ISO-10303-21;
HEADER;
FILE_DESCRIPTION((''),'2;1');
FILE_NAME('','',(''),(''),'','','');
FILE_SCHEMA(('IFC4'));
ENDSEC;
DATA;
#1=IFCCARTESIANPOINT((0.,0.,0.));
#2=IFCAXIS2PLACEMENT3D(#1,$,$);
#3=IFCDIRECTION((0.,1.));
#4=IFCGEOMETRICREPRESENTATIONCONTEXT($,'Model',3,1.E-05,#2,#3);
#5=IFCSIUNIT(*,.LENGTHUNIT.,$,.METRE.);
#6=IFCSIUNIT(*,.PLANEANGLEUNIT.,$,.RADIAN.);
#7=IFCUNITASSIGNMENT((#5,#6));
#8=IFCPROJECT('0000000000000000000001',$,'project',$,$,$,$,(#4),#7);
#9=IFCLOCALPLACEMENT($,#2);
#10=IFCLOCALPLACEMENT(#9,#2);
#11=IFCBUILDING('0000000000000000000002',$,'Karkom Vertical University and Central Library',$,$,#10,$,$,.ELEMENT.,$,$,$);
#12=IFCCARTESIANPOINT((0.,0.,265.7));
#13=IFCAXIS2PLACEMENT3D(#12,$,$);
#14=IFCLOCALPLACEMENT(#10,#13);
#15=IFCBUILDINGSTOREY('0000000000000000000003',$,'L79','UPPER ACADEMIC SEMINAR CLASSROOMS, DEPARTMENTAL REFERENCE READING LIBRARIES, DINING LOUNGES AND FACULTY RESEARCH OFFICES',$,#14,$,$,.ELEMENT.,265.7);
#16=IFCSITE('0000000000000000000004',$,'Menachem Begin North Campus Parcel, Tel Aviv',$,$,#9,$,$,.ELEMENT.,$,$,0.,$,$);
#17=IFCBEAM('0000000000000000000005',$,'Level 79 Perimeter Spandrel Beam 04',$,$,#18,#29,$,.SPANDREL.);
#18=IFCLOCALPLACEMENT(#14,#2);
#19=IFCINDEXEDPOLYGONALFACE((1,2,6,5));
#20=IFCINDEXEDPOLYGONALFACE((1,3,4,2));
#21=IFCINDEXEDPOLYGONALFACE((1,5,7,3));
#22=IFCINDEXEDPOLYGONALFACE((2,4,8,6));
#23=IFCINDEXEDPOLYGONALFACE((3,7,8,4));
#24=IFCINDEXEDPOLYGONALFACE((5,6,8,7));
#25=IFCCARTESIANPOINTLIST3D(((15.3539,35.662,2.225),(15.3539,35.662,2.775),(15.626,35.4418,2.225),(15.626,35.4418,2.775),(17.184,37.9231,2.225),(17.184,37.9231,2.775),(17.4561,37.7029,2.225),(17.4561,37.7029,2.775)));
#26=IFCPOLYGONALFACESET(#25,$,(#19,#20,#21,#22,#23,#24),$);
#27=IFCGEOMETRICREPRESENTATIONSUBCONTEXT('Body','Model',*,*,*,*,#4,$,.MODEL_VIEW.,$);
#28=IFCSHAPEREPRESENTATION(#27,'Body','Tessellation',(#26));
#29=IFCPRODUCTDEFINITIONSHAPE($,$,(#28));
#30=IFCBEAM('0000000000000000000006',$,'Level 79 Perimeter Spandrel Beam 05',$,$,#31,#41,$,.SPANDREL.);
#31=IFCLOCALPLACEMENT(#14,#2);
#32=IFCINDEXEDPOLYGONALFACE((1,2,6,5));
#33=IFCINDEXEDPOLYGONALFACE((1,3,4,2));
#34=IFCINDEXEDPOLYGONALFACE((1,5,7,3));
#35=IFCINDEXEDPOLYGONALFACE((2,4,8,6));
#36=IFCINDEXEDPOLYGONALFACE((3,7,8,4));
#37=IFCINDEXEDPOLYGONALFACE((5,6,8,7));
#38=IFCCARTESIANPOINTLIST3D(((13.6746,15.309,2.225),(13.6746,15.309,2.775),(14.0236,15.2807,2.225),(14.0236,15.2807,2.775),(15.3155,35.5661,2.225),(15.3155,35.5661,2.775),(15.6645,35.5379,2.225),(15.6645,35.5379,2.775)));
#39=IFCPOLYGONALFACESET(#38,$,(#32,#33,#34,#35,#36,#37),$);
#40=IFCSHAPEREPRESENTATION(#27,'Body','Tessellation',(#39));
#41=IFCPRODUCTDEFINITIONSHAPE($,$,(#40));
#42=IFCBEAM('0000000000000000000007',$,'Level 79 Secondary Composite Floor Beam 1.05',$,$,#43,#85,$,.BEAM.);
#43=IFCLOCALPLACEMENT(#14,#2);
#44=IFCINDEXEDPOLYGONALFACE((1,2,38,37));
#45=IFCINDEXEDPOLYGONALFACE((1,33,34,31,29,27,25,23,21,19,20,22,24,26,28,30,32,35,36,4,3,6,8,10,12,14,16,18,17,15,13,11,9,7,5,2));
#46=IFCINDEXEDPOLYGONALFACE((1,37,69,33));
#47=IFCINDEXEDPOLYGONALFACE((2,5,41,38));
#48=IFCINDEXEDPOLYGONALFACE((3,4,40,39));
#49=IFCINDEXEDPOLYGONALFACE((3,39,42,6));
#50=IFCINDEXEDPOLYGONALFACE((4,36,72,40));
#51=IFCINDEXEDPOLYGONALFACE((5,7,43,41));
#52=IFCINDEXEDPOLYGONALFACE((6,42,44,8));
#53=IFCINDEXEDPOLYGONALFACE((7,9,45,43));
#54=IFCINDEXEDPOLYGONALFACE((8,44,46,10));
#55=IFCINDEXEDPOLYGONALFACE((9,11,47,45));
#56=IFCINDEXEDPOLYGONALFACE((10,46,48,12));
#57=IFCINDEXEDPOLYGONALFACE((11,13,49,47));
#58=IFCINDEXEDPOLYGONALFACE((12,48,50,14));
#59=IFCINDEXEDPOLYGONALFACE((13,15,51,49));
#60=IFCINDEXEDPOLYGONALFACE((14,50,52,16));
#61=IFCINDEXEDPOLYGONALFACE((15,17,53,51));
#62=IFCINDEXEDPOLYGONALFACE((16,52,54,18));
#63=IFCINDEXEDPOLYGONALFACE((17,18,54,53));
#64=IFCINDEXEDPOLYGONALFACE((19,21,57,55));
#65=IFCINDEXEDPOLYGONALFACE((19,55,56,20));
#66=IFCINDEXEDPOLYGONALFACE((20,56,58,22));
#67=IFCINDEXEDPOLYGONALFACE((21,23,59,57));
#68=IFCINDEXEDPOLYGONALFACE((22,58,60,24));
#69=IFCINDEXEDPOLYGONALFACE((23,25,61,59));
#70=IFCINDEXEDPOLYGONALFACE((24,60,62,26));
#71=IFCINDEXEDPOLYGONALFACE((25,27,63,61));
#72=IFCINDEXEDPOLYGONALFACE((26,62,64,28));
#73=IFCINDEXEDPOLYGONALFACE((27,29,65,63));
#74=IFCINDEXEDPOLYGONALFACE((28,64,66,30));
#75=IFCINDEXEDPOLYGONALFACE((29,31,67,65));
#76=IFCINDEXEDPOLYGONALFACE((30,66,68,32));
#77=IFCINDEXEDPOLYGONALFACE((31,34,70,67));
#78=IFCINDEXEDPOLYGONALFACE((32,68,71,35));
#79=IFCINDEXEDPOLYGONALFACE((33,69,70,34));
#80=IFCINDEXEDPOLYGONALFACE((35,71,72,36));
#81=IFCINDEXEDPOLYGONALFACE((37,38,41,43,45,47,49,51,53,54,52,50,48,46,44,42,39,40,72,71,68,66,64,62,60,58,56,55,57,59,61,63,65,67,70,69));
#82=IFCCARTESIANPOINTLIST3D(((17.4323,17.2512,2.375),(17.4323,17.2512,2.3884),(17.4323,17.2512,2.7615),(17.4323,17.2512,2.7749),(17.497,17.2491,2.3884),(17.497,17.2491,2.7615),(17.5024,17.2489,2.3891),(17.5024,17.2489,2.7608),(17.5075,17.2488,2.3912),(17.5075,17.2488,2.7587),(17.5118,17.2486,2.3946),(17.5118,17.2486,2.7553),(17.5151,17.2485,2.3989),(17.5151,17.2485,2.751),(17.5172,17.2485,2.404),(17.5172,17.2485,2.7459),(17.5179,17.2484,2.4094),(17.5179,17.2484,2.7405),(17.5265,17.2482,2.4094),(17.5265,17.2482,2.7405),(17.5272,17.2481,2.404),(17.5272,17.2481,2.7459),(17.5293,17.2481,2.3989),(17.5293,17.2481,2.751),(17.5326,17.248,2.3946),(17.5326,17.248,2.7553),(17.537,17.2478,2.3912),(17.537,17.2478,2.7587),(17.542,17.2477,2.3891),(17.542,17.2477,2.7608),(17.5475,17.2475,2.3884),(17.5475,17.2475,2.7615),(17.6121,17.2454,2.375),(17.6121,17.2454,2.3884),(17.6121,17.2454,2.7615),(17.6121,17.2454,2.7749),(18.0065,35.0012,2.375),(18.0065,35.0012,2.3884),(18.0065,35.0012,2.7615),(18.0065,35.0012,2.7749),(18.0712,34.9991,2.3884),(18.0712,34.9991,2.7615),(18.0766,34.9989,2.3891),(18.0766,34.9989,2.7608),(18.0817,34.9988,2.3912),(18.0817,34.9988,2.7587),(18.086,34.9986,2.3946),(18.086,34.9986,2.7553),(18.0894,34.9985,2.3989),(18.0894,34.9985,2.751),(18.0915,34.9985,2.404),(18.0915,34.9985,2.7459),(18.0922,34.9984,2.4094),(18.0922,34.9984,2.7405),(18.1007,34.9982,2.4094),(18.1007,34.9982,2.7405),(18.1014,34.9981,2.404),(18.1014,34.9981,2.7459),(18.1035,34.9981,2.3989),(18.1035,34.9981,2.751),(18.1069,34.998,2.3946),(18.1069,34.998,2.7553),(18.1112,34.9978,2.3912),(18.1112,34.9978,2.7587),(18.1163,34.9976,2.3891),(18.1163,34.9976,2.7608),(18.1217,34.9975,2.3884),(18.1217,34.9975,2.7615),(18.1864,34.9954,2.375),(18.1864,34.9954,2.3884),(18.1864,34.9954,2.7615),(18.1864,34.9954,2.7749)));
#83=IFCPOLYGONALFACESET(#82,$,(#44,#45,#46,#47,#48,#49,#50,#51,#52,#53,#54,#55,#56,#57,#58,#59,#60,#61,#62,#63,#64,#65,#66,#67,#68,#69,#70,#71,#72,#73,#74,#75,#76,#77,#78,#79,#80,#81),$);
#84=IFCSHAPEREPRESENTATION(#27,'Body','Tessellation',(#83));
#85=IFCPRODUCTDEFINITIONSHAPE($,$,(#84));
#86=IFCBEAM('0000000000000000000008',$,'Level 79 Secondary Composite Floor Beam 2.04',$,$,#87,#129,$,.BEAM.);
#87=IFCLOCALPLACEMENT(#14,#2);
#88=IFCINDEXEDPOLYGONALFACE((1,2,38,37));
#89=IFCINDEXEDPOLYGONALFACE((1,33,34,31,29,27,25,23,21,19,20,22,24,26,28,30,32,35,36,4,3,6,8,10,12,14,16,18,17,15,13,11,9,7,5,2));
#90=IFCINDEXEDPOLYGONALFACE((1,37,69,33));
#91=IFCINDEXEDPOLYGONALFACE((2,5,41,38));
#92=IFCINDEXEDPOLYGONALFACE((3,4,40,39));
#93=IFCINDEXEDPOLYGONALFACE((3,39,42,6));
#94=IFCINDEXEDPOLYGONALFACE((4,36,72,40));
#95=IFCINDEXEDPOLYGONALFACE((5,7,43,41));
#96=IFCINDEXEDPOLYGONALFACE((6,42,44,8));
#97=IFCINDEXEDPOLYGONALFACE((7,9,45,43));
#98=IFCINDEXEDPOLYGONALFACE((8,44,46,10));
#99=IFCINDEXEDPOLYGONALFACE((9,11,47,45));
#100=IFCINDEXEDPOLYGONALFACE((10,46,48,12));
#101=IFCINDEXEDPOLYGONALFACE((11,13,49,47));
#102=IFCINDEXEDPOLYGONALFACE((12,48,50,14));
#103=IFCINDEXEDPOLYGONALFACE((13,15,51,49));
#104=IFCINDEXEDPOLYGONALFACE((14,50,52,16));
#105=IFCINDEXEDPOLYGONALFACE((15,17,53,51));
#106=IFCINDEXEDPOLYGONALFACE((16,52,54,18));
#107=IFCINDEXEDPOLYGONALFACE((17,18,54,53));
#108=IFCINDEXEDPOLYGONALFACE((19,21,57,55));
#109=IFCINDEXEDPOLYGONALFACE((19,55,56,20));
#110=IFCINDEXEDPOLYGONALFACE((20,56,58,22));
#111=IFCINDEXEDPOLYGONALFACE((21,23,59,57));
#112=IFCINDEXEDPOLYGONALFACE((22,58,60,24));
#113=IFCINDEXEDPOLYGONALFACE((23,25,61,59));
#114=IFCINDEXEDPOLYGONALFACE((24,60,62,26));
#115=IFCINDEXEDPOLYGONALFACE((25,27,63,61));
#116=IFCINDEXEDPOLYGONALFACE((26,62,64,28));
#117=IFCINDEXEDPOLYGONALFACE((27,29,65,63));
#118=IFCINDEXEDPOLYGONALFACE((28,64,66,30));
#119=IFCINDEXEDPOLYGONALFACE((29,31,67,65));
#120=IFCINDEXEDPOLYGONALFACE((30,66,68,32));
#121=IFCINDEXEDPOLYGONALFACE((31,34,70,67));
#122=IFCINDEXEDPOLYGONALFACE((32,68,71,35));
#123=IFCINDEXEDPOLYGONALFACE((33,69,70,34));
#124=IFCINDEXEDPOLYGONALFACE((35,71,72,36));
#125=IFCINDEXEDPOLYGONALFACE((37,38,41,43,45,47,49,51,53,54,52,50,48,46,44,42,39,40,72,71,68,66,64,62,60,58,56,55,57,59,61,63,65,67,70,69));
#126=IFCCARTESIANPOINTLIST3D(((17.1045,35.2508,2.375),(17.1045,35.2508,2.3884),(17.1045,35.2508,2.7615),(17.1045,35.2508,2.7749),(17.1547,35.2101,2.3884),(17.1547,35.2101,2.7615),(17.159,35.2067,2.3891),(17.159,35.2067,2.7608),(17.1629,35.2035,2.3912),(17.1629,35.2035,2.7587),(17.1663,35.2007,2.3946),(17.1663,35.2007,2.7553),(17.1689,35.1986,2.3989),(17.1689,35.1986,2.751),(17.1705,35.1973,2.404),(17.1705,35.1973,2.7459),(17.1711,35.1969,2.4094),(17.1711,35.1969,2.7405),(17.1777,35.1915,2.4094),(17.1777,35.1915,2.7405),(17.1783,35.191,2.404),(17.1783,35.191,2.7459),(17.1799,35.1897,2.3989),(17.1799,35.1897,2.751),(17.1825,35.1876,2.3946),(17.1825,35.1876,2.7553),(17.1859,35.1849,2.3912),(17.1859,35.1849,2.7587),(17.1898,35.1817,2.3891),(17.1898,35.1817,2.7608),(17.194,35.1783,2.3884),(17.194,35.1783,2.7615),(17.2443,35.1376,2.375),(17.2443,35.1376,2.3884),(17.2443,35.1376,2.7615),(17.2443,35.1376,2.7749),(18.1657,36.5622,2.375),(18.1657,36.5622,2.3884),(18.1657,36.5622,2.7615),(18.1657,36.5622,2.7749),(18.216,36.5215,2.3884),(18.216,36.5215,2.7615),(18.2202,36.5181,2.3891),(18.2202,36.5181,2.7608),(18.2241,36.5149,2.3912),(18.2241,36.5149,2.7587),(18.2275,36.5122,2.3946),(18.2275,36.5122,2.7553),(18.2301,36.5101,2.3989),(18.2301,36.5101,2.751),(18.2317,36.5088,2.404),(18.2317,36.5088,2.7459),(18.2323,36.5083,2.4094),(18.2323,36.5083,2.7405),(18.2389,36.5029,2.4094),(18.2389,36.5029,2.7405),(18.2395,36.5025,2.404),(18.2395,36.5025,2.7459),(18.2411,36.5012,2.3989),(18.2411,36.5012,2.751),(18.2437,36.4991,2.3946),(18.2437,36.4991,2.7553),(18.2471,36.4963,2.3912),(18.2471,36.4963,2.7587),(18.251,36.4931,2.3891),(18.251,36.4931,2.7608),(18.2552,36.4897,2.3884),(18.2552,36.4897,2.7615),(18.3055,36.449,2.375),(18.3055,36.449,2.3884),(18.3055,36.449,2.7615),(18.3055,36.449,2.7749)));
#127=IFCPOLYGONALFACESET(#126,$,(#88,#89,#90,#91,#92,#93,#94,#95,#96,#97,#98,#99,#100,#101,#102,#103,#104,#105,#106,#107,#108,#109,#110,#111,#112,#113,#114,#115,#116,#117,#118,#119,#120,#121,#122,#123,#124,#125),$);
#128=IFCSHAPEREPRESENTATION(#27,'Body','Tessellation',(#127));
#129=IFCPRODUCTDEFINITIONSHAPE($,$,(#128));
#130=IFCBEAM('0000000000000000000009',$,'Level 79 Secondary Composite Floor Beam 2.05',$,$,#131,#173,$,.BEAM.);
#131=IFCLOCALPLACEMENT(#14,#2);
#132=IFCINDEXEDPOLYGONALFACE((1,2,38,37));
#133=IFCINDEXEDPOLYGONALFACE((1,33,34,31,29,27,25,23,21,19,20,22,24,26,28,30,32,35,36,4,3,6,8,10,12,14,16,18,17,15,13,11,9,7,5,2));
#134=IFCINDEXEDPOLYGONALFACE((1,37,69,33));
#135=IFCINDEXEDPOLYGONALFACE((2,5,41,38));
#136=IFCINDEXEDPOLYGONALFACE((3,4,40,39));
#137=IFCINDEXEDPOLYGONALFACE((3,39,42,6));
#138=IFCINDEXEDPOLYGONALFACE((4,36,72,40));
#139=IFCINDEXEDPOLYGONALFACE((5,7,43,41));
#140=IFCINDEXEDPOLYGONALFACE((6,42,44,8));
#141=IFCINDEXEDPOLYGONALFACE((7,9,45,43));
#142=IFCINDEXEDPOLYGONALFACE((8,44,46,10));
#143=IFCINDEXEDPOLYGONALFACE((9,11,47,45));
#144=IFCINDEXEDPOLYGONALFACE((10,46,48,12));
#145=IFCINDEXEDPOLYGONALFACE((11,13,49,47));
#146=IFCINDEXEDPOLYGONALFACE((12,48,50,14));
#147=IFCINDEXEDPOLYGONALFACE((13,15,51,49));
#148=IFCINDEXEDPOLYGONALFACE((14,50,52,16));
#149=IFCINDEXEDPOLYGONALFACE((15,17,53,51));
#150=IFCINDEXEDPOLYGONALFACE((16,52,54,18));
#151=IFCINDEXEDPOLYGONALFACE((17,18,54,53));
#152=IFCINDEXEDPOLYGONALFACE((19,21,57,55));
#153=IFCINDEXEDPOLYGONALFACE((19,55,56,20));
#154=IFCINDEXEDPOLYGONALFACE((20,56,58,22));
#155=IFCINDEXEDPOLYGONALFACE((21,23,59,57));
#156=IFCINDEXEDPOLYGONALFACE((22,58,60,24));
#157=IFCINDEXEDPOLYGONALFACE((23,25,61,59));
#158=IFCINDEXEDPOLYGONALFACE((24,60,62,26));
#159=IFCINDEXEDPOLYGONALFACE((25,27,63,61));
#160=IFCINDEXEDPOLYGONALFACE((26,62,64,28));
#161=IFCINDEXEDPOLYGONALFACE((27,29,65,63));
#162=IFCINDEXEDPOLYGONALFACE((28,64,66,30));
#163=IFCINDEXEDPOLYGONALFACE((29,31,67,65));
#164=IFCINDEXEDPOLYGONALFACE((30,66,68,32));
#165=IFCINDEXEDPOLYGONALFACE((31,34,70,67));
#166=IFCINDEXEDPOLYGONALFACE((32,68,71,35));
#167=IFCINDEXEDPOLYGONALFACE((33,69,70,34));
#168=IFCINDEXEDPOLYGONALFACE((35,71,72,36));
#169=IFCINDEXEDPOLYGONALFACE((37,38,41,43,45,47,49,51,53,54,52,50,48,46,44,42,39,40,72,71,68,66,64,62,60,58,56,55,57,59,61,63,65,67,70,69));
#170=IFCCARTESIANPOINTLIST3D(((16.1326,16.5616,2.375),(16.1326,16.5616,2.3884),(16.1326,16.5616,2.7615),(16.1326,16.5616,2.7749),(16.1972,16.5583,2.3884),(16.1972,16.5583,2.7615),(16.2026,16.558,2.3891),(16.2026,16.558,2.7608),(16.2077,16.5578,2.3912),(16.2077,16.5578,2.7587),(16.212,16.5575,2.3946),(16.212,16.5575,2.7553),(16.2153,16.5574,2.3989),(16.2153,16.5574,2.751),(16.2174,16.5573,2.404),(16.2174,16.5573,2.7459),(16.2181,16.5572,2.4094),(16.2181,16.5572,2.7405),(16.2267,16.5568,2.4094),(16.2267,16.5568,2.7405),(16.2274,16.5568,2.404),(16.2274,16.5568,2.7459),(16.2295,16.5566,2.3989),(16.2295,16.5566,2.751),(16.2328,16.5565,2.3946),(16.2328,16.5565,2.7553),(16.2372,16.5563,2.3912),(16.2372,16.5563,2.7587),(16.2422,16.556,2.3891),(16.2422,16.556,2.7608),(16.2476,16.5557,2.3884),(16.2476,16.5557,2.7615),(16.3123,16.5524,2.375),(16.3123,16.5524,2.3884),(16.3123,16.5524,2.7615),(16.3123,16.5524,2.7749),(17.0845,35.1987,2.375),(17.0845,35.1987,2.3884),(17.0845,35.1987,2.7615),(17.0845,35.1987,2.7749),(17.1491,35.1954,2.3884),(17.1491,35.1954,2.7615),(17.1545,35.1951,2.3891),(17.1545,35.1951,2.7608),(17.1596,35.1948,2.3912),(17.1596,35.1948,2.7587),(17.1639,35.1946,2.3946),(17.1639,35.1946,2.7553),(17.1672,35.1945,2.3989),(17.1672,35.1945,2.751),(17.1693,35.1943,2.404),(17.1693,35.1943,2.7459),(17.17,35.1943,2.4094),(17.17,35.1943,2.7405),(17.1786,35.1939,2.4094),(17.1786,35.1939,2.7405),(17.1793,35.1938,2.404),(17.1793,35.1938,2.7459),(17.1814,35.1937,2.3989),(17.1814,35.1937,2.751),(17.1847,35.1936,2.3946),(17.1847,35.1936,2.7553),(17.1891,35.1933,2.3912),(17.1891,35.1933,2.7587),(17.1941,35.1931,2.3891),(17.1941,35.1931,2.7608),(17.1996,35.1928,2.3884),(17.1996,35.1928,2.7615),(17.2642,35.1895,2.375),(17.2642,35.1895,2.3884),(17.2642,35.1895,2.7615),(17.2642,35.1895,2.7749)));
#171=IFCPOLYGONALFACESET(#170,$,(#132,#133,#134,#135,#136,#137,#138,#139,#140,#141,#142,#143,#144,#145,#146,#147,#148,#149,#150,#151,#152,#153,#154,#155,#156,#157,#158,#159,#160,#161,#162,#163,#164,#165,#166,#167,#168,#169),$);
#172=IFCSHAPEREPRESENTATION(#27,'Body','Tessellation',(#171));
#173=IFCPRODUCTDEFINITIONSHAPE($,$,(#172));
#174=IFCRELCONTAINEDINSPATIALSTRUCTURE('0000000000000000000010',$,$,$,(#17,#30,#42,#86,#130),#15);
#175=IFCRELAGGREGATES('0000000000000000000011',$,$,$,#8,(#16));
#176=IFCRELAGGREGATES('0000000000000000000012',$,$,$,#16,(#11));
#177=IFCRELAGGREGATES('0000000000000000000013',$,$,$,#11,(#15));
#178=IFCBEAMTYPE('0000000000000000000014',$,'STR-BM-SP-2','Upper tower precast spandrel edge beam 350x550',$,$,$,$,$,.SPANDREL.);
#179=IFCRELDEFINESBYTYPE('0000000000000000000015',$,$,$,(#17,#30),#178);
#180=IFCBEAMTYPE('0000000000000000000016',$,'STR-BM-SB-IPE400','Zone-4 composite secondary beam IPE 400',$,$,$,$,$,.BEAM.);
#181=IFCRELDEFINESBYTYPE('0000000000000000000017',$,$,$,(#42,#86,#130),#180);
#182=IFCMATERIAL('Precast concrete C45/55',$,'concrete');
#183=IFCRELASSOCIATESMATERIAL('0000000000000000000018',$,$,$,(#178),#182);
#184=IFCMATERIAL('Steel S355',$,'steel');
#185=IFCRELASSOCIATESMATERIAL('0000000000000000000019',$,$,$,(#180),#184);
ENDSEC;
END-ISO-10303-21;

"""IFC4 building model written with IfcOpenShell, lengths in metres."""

from ifc_helpers import new_model, si_unit, direction, frame, origin, origin_with_axes, origin_2d, place, context, subcontext, project, spatial, rectangle, i_section, extrude, source, transform, mapped, material, material_profile, profile_set, type_object, element, save


model = new_model("IFC4")

# Units and contexts
model_context = context("Model", 3, precision=1e-05, world=origin(), true_north=direction((0.0, 1.0)))
body_context = subcontext(model_context, "Body", "Model", "MODEL_VIEW")
ifc_project = project(units=[si_unit("LENGTHUNIT", "METRE"), si_unit("PLANEANGLEUNIT", "RADIAN")], contexts=[model_context])

# Site, building, storey
site_placement = place(None, origin())
site = spatial("IfcSite", under=ifc_project, at=site_placement, Name="Menachem Begin North Campus Parcel, Tel Aviv", CompositionType="ELEMENT", RefElevation=0.0)
building_placement = place(site_placement, origin())
building = spatial("IfcBuilding", under=site, at=building_placement, Name="Karkom Vertical University and Central Library", CompositionType="ELEMENT")
storey_placement = place(building_placement, frame((0.0, 0.0, 265.7)))
storey = spatial("IfcBuildingStorey", under=building, at=storey_placement, Name="L79", Description="UPPER ACADEMIC SEMINAR CLASSROOMS, DEPARTMENTAL REFERENCE READING LIBRARIES, DINING LOUNGES AND FACULTY RESEARCH OFFICES", CompositionType="ELEMENT", Elevation=265.7)

# Beams
ifc_material_1 = material(Name="Precast concrete C45/55", Category="concrete")
ifc_material_profile_1 = material_profile(ifc_material_1, rectangle(XDim=0.3501, YDim=0.55, at=origin_2d()), Name="SPB-350x550")
ifc_profile_set_1 = profile_set([ifc_material_profile_1], Name="Precast concrete C45/55")
beam_type_1 = type_object("IfcBeamType", Name="STR-BM-SP-2", Description="Upper tower precast spandrel edge beam 350x550", PredefinedType="SPANDREL", material=ifc_profile_set_1)
shared_shape_1 = source(origin_with_axes(), body_context, "Body", "SweptSolid", [
    extrude(rectangle(XDim=0.3501, YDim=0.55, at=origin_2d()), origin(), (0.0, 0.0, 1.0), 2.9089),
])
beam_1_placement = place(storey_placement, frame((17.3201, 37.813, 2.5), z_axis=(-0.629148, -0.777286, 0.0), x_axis=(0.777286, -0.629148, 0.0)))
element("IfcBeam", 1, at=beam_1_placement, inside=storey, type_object=beam_type_1, Name="Level 79 Perimeter Spandrel Beam 04", PredefinedType="SPANDREL", context=body_context, shape_type="MappedRepresentation", body=[
    mapped(shared_shape_1, transform((0.0, 0.0, 0.0), scale=1.0)),
])
shared_shape_2 = source(origin_with_axes(), body_context, "Body", "SweptSolid", [
    extrude(rectangle(XDim=0.3501, YDim=0.55, at=origin_2d()), origin(), (0.0, 0.0, 1.0), 20.3235),
])
beam_2_placement = place(storey_placement, frame((15.49, 35.552, 2.5), z_axis=(-0.080738, -0.996735, 0.0), x_axis=(0.996735, -0.080738, 0.0)))
element("IfcBeam", 2, at=beam_2_placement, inside=storey, type_object=beam_type_1, Name="Level 79 Perimeter Spandrel Beam 05", PredefinedType="SPANDREL", context=body_context, shape_type="MappedRepresentation", body=[
    mapped(shared_shape_2, transform((0.0, 0.0, 0.0), scale=1.0)),
])
ifc_material_2 = material(Name="Steel S355", Category="steel")
ifc_material_profile_2 = material_profile(ifc_material_2, i_section(OverallWidth=0.1799, OverallDepth=0.3999, WebThickness=0.0085, FlangeThickness=0.0134, FilletRadius=0.021, at=origin_2d()), Name="IPE 400")
ifc_profile_set_2 = profile_set([ifc_material_profile_2], Name="Steel S355")
beam_type_2 = type_object("IfcBeamType", Name="STR-BM-SB-IPE400", Description="Zone-4 composite secondary beam IPE 400", PredefinedType="BEAM", material=ifc_profile_set_2)
shared_shape_3 = source(origin_with_axes(), body_context, "Body", "SweptSolid", [
    extrude(i_section(OverallWidth=0.1799, OverallDepth=0.3999, WebThickness=0.0085, FlangeThickness=0.0134, FilletRadius=0.021, at=origin_2d()), origin(), (0.0, 0.0, 1.0), 17.7593),
])
beam_3_placement = place(storey_placement, frame((18.0964, 34.9983, 2.575), z_axis=(-0.032333, -0.999477, 0.0), x_axis=(0.999477, -0.032333, 0.0)))
element("IfcBeam", 3, at=beam_3_placement, inside=storey, type_object=beam_type_2, Name="Level 79 Secondary Composite Floor Beam 1.05", PredefinedType="BEAM", context=body_context, shape_type="MappedRepresentation", body=[
    mapped(shared_shape_3, transform((0.0, 0.0, 0.0), scale=1.0)),
])
shared_shape_4 = source(origin_with_axes(), body_context, "Body", "SweptSolid", [
    extrude(i_section(OverallWidth=0.1799, OverallDepth=0.3999, WebThickness=0.0085, FlangeThickness=0.0134, FilletRadius=0.021, at=origin_2d()), origin(), (0.0, 0.0, 1.0), 1.687),
])
beam_4_placement = place(storey_placement, frame((18.2356, 36.5056, 2.575), z_axis=(-0.629044, -0.77737, 0.0), x_axis=(0.77737, -0.629044, 0.0)))
element("IfcBeam", 4, at=beam_4_placement, inside=storey, type_object=beam_type_2, Name="Level 79 Secondary Composite Floor Beam 2.04", PredefinedType="BEAM", context=body_context, shape_type="MappedRepresentation", body=[
    mapped(shared_shape_4, transform((0.0, 0.0, 0.0), scale=1.0)),
])
shared_shape_5 = source(origin_with_axes(), body_context, "Body", "SweptSolid", [
    extrude(i_section(OverallWidth=0.1799, OverallDepth=0.3999, WebThickness=0.0085, FlangeThickness=0.0134, FilletRadius=0.021, at=origin_2d()), origin(), (0.0, 0.0, 1.0), 18.6614),
])
beam_5_placement = place(storey_placement, frame((17.1743, 35.1941, 2.575), z_axis=(-0.05101, -0.998698, 0.0), x_axis=(0.998698, -0.05101, 0.0)))
element("IfcBeam", 5, at=beam_5_placement, inside=storey, type_object=beam_type_2, Name="Level 79 Secondary Composite Floor Beam 2.05", PredefinedType="BEAM", context=body_context, shape_type="MappedRepresentation", body=[
    mapped(shared_shape_5, transform((0.0, 0.0, 0.0), scale=1.0)),
])

save(model, "model.ifc")
